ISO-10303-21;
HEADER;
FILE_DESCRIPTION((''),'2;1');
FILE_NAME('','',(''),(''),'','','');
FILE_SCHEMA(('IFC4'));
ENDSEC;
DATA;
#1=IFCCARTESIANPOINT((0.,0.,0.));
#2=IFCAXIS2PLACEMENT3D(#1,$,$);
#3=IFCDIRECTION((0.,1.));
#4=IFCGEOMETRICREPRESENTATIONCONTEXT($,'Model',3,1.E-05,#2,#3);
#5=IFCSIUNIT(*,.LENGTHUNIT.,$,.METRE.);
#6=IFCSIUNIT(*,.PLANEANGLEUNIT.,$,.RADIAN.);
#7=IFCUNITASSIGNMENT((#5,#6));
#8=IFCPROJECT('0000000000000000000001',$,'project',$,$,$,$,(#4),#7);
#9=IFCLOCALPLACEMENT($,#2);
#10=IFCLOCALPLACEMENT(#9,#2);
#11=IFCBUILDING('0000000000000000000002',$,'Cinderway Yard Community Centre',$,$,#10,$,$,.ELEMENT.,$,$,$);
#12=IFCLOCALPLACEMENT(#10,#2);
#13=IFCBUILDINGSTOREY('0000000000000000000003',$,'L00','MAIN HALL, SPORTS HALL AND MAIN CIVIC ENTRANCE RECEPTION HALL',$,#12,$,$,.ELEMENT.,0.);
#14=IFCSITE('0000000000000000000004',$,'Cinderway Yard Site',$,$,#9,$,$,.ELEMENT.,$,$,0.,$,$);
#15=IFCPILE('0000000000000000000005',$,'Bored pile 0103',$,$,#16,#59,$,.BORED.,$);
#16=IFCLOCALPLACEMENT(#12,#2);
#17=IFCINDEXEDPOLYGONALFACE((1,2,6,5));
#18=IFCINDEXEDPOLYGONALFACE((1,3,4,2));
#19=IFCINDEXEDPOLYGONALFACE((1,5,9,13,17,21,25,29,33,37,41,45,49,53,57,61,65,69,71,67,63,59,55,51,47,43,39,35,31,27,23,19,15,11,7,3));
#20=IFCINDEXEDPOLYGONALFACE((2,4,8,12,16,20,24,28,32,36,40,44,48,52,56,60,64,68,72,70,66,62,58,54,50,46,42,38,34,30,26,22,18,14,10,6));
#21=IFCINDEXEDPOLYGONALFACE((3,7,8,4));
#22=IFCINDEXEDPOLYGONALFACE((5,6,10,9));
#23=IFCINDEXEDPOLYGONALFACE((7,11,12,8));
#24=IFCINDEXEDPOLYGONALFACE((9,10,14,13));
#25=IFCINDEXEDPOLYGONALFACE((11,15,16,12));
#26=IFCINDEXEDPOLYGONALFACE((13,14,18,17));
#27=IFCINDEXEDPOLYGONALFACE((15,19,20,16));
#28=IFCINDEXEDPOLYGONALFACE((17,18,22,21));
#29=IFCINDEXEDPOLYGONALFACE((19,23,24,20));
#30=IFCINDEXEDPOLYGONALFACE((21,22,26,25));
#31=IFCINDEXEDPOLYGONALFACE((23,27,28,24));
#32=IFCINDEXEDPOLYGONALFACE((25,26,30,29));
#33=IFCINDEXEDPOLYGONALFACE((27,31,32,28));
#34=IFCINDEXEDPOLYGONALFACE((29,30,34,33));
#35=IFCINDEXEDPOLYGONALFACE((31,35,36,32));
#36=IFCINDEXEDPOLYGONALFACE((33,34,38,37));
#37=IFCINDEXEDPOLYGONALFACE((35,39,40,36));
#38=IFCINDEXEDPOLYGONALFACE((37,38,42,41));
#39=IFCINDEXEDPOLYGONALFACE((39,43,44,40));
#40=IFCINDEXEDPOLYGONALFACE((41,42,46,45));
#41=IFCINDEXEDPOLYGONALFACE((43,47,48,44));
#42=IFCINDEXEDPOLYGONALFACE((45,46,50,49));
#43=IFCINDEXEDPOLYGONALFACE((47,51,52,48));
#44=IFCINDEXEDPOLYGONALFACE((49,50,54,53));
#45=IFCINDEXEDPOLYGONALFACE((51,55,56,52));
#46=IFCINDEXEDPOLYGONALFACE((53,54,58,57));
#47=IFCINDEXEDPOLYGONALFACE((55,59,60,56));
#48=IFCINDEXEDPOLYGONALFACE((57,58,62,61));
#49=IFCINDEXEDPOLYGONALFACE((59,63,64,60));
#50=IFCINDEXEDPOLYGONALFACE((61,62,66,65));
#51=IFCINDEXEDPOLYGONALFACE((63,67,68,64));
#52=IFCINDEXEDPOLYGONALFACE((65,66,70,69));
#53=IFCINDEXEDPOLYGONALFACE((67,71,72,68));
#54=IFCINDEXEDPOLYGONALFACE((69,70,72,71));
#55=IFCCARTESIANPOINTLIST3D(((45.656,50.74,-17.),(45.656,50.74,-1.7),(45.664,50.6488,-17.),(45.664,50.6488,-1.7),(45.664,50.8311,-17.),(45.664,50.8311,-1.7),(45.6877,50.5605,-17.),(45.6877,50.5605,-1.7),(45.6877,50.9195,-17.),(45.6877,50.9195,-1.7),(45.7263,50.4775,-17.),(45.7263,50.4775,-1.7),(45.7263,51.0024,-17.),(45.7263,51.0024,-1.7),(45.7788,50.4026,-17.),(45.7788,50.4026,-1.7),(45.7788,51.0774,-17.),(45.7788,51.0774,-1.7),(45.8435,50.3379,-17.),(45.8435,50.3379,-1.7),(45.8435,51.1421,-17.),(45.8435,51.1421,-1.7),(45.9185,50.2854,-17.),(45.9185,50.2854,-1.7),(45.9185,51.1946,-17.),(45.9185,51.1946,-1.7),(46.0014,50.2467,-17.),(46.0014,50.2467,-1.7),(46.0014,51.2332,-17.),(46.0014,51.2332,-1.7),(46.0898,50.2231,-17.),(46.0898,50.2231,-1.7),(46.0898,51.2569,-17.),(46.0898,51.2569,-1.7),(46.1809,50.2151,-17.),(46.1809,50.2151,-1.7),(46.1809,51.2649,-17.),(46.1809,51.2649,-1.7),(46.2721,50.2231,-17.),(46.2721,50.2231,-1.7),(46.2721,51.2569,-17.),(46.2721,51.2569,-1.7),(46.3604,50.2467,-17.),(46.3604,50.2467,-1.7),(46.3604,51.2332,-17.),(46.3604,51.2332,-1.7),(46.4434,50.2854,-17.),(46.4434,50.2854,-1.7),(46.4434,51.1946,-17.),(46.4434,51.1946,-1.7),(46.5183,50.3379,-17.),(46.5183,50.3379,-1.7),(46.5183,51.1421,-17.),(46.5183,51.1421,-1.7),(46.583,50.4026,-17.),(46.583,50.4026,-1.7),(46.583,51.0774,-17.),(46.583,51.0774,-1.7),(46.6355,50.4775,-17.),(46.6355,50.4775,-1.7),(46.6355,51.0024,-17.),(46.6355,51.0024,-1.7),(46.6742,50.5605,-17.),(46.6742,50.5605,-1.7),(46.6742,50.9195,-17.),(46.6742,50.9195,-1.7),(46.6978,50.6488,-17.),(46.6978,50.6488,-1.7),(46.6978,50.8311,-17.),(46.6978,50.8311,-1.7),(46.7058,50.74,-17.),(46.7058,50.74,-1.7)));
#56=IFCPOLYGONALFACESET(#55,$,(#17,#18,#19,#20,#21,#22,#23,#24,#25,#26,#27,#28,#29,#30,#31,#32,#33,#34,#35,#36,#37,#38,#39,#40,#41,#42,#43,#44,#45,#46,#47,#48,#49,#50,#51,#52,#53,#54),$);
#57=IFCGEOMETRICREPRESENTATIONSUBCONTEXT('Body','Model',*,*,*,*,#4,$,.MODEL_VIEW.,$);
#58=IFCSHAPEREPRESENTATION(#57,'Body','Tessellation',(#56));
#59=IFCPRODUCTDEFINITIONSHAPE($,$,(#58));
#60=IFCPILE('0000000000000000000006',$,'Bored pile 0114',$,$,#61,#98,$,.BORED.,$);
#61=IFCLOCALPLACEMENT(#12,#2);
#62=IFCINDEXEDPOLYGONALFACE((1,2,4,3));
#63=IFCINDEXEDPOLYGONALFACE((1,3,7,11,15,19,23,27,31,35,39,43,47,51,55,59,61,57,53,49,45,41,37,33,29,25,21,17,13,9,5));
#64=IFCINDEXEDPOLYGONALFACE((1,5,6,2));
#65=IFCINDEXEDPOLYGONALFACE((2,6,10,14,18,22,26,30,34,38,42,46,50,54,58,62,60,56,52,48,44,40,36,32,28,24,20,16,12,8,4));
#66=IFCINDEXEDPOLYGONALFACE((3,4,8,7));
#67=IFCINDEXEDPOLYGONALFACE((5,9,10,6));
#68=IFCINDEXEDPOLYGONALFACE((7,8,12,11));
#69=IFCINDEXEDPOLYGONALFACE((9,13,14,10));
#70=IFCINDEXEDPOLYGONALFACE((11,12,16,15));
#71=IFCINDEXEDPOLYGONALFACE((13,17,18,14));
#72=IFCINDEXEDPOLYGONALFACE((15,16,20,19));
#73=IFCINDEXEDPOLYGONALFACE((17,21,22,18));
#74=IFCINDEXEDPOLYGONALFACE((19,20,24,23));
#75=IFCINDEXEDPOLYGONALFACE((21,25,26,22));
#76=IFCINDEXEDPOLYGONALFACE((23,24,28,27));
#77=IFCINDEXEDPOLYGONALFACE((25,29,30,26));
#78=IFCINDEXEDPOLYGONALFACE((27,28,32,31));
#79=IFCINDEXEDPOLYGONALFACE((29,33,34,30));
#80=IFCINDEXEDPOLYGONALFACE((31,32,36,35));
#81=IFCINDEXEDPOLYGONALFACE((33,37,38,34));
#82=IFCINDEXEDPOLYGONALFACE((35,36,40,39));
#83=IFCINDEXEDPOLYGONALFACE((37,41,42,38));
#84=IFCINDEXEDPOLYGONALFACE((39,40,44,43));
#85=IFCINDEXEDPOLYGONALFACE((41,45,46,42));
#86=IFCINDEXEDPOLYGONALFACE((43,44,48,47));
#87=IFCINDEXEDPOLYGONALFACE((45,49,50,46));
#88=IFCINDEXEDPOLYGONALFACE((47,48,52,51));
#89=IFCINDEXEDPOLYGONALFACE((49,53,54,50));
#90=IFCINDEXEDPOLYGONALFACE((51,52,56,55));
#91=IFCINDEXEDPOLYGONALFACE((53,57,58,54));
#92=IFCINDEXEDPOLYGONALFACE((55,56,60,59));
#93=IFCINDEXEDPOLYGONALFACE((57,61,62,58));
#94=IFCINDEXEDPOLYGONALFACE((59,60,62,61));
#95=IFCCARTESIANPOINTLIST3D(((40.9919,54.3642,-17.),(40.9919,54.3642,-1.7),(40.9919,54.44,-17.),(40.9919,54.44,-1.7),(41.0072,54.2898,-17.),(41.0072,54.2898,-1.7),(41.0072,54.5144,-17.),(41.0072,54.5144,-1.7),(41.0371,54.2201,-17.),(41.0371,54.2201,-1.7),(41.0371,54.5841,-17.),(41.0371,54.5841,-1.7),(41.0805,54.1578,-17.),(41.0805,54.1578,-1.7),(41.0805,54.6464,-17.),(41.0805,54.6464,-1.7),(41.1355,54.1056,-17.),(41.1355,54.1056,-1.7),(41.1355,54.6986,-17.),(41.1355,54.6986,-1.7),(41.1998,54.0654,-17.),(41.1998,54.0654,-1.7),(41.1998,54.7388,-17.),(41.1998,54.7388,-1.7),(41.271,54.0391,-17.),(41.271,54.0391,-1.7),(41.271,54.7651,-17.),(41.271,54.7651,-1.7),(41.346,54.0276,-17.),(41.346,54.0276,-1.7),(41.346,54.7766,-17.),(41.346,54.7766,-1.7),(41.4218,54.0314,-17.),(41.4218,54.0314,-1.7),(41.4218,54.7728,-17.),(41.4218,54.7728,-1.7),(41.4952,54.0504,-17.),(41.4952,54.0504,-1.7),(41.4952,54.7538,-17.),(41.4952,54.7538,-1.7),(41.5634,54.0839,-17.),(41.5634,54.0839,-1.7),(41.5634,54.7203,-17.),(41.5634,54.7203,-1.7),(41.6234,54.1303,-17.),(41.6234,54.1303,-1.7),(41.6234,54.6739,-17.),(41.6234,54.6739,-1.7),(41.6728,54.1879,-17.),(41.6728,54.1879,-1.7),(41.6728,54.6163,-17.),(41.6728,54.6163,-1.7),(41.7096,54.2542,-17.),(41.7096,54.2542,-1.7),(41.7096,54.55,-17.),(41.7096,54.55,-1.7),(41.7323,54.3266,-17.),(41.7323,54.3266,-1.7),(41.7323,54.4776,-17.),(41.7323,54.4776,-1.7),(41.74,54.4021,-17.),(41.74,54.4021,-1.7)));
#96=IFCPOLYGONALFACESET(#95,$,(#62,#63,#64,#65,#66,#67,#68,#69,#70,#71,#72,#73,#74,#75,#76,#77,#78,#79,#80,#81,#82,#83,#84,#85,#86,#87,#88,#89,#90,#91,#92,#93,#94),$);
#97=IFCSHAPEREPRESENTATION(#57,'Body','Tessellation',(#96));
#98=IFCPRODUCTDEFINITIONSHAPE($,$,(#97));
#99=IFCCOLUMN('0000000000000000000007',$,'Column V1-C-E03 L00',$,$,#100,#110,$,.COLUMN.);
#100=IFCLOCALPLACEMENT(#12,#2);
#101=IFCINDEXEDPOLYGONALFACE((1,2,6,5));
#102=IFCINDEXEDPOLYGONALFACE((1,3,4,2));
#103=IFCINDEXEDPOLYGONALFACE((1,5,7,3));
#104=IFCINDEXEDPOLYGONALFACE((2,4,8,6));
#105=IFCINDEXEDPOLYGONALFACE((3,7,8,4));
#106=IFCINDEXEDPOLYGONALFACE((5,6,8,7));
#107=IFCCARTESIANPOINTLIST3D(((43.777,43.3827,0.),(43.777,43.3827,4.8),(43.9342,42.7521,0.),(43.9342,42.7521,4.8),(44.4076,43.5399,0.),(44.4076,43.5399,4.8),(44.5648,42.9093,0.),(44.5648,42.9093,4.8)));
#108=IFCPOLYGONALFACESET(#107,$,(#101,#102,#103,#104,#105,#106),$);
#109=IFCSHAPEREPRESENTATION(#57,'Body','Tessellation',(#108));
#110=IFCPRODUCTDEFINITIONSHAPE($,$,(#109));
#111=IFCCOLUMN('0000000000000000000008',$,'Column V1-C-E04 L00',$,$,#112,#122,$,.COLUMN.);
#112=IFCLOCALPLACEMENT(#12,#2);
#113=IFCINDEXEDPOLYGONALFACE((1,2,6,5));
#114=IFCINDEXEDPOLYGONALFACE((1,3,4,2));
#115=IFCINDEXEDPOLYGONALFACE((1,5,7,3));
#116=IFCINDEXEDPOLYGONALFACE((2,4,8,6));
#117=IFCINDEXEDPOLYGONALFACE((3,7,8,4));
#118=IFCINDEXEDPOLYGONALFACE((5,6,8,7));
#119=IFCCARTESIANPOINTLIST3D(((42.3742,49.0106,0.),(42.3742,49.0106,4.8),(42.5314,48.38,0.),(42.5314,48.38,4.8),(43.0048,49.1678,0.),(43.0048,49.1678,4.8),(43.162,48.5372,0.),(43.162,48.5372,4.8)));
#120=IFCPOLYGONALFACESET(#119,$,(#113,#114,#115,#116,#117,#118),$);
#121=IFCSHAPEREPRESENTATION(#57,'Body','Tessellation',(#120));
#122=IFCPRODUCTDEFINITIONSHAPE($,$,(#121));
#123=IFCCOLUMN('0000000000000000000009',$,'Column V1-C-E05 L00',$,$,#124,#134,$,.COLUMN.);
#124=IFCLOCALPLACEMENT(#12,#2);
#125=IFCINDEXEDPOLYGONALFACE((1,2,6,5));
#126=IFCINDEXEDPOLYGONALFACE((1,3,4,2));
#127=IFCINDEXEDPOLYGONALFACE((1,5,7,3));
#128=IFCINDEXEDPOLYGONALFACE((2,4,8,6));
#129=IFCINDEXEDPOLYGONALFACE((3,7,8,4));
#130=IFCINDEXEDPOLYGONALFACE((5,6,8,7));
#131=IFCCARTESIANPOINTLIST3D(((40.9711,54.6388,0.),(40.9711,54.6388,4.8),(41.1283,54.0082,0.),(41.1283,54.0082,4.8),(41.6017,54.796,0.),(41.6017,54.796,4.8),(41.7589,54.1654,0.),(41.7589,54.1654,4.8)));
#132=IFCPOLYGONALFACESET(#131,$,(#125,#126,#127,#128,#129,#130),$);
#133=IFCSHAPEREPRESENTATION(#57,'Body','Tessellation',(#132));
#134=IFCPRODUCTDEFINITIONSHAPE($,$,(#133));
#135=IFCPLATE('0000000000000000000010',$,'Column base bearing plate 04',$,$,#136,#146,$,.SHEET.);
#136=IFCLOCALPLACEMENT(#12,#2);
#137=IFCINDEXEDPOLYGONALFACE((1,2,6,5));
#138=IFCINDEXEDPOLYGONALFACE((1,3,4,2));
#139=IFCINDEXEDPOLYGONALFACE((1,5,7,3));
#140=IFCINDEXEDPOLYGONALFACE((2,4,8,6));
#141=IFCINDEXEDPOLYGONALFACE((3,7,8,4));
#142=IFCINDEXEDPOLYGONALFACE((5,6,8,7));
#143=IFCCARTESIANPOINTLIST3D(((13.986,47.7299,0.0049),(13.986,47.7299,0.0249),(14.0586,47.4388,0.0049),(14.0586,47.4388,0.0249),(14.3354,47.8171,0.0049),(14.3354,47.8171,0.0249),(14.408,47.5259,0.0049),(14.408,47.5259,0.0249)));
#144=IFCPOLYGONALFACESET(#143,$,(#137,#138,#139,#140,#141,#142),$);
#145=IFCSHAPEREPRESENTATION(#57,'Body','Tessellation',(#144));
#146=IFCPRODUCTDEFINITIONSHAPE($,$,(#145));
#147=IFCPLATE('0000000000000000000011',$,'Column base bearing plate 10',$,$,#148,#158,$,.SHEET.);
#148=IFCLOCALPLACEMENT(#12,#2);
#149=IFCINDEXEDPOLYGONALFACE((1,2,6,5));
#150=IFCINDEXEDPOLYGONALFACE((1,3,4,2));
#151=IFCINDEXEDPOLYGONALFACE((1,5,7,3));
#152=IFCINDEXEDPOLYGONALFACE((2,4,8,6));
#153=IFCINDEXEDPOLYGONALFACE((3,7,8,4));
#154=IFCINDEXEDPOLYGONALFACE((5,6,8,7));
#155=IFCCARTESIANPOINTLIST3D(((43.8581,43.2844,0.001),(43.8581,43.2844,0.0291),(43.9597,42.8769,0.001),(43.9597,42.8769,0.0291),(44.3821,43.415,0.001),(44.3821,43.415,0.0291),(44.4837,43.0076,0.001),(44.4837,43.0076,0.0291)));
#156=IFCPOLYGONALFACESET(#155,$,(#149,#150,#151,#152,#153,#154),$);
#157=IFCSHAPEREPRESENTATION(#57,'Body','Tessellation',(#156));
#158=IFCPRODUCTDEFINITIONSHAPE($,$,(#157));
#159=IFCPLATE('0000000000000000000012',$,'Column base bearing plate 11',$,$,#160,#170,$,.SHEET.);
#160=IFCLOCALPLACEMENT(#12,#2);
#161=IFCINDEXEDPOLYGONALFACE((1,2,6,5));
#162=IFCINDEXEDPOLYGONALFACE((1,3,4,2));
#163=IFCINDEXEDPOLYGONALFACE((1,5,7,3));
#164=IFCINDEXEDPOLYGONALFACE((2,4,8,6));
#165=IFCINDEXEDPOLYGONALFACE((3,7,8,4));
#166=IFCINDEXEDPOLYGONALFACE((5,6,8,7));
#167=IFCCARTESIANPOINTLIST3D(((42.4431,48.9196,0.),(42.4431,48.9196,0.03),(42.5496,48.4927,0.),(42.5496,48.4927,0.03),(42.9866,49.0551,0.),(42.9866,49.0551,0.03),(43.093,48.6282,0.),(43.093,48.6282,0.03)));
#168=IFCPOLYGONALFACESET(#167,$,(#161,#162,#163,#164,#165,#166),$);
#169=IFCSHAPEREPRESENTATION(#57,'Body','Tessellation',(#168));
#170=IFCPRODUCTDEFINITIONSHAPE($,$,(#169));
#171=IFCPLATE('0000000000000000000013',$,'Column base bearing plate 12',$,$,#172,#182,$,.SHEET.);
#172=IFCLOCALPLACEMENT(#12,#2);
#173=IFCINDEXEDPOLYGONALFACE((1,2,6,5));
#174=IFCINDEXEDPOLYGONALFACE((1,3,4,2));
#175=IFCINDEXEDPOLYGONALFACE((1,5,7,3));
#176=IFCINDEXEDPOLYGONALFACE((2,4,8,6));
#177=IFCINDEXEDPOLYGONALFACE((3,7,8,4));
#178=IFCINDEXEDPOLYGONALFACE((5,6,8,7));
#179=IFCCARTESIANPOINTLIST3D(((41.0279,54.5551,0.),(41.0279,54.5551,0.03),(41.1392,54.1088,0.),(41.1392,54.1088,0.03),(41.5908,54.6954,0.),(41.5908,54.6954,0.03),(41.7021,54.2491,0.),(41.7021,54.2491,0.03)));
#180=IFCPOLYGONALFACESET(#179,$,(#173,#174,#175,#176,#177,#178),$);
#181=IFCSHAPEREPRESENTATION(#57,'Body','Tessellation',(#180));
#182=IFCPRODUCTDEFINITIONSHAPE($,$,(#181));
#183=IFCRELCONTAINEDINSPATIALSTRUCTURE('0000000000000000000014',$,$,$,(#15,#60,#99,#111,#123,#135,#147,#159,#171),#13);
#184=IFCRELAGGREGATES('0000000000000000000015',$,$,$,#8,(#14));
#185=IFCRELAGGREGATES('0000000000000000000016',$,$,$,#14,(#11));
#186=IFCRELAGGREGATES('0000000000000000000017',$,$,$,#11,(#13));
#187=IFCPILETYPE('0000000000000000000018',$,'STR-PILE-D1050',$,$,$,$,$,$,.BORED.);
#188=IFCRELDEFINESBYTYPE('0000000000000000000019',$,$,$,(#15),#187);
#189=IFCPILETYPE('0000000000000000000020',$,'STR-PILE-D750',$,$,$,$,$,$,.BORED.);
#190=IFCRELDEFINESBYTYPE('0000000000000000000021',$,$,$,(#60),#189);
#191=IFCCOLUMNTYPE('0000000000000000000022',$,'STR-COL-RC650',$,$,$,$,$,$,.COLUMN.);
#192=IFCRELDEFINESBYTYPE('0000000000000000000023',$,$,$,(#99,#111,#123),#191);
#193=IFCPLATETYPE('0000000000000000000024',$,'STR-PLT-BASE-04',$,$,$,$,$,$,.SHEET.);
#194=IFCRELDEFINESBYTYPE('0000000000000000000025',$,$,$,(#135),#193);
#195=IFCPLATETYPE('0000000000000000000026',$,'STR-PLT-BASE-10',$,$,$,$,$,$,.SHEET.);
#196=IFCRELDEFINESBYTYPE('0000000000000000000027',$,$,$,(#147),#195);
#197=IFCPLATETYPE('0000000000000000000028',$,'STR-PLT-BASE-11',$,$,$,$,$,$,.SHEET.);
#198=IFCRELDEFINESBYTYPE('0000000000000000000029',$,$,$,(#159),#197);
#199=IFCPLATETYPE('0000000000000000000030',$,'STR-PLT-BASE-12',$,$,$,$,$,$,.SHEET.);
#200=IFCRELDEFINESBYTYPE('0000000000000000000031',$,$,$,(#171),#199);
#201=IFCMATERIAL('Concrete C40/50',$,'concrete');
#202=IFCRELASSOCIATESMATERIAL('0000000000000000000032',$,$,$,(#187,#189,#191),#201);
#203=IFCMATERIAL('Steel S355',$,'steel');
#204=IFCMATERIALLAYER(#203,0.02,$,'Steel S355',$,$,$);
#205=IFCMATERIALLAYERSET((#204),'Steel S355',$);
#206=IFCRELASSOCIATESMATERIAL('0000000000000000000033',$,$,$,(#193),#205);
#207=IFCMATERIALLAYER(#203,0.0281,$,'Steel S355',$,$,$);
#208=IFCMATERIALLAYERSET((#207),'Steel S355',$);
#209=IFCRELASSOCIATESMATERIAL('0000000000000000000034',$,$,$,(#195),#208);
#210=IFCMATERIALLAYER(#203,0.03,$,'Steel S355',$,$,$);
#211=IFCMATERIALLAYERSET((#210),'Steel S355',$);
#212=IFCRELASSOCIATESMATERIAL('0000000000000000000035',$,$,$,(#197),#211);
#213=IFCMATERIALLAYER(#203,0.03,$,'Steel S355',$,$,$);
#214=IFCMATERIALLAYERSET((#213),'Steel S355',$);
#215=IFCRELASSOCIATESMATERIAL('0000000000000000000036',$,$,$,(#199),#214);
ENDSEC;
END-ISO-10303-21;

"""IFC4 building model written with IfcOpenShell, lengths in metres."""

from ifc_helpers import new_model, si_unit, direction, frame, origin, origin_2d, place, context, subcontext, project, spatial, rectangle, circle, extrude, material, layer, layer_set, material_profile, profile_set, type_object, element, save


model = new_model("IFC4")

# Units and contexts
model_context = context("Model", 3, precision=1e-05, world=origin(), true_north=direction((0.0, 1.0)))
body_context = subcontext(model_context, "Body", "Model", "MODEL_VIEW")
ifc_project = project(units=[si_unit("LENGTHUNIT", "METRE"), si_unit("PLANEANGLEUNIT", "RADIAN")], contexts=[model_context])

# Site, building, storey
site_placement = place(None, origin())
site = spatial("IfcSite", under=ifc_project, at=site_placement, Name="Cinderway Yard Site", CompositionType="ELEMENT", RefElevation=0.0)
building_placement = place(site_placement, origin())
building = spatial("IfcBuilding", under=site, at=building_placement, Name="Cinderway Yard Community Centre", CompositionType="ELEMENT")
storey_placement = place(building_placement, origin())
storey = spatial("IfcBuildingStorey", under=building, at=storey_placement, Name="L00", Description="MAIN HALL, SPORTS HALL AND MAIN CIVIC ENTRANCE RECEPTION HALL", CompositionType="ELEMENT", Elevation=0.0)

# Shared definitions
ifc_material_1 = material(Name="Concrete C40/50", Category="concrete")

# Piles
ifc_material_profile_1 = material_profile(ifc_material_1, circle(Radius=0.5249, at=origin_2d()), Name="Concrete C40/50")
ifc_profile_set_1 = profile_set([ifc_material_profile_1], Name="Concrete C40/50")
pile_type_1 = type_object("IfcPileType", Name="STR-PILE-D1050", PredefinedType="BORED", material=ifc_profile_set_1)
for number, where, z_axis, x_axis, name in (
    (1, (46.1809, 50.74, -1.7), (0.0, 0.0, -1.0), (1.0, 0.0, 0.0), "Bored pile 0103"),
):
    element("IfcPile", number, at=place(storey_placement, frame(where, z_axis=z_axis, x_axis=x_axis)), inside=storey, type_object=pile_type_1, Name=name, PredefinedType="BORED", context=body_context, shape_type="SweptSolid", body=[
        extrude(circle(Radius=0.5249, at=origin_2d()), origin(), (0.0, 0.0, 1.0), 15.3),
    ])
ifc_material_profile_2 = material_profile(ifc_material_1, circle(Radius=0.375, at=origin_2d()), Name="Concrete C40/50")
ifc_profile_set_2 = profile_set([ifc_material_profile_2], Name="Concrete C40/50")
pile_type_2 = type_object("IfcPileType", Name="STR-PILE-D750", PredefinedType="BORED", material=ifc_profile_set_2)
pile_placement = place(storey_placement, frame((41.365, 54.4021, -1.7), z_axis=(0.0, 0.0, -1.0), x_axis=(1.0, 0.0, 0.0)))
element("IfcPile", 2, at=pile_placement, inside=storey, type_object=pile_type_2, Name="Bored pile 0114", PredefinedType="BORED", context=body_context, shape_type="SweptSolid", body=[
    extrude(circle(Radius=0.375, at=origin_2d()), origin(), (0.0, 0.0, 1.0), 15.3),
])

# Columns
ifc_material_profile_3 = material_profile(ifc_material_1, rectangle(XDim=0.6499, YDim=0.6499, at=origin_2d()), Name="Concrete C40/50")
ifc_profile_set_3 = profile_set([ifc_material_profile_3], Name="Concrete C40/50")
column_type = type_object("IfcColumnType", Name="STR-COL-RC650", PredefinedType="COLUMN", material=ifc_profile_set_3)
for number, where, z_axis, x_axis, name in (
    (3, (44.1709, 43.146, 0.0), (0.0, 0.0, 1.0), (0.970296, 0.241922, 0.0), "Column V1-C-E03 L00"),
    (4, (42.7681, 48.7739, 0.0), (0.0, 0.0, 1.0), (0.970296, 0.241922, 0.0), "Column V1-C-E04 L00"),
    (5, (41.365, 54.4021, 0.0), (0.0, 0.0, 1.0), (0.970296, 0.241922, 0.0), "Column V1-C-E05 L00"),
):
    element("IfcColumn", number, at=place(storey_placement, frame(where, z_axis=z_axis, x_axis=x_axis)), inside=storey, type_object=column_type, Name=name, PredefinedType="COLUMN", context=body_context, shape_type="SweptSolid", body=[
        extrude(rectangle(XDim=0.6499, YDim=0.6499, at=origin_2d()), origin(), (0.0, 0.0, 1.0), 4.8),
    ])

# Plates
ifc_material_2 = material(Name="Steel S355", Category="steel")
ifc_layer_1 = layer(ifc_material_2, 0.02, Name="Steel S355")
ifc_layer_set_1 = layer_set([ifc_layer_1], Name="Steel S355")
plate_type_1 = type_object("IfcPlateType", Name="STR-PLT-BASE-04", PredefinedType="SHEET", material=ifc_layer_set_1)
plate_1_placement = place(storey_placement, frame((14.197, 47.6279, 0.0049), z_axis=(0.0, 0.0, 1.0), x_axis=(0.970296, 0.241922, 0.0)))
element("IfcPlate", 6, at=plate_1_placement, inside=storey, type_object=plate_type_1, Name="Column base bearing plate 04", PredefinedType="SHEET", context=body_context, shape_type="SweptSolid", body=[
    extrude(rectangle(XDim=0.3601, YDim=0.3, at=origin_2d()), origin(), (0.0, 0.0, 1.0), 0.02),
])
ifc_layer_2 = layer(ifc_material_2, 0.0281, Name="Steel S355")
ifc_layer_set_2 = layer_set([ifc_layer_2], Name="Steel S355")
plate_type_2 = type_object("IfcPlateType", Name="STR-PLT-BASE-10", PredefinedType="SHEET", material=ifc_layer_set_2)
plate_2_placement = place(storey_placement, frame((44.1709, 43.146, 0.001), z_axis=(0.0, 0.0, 1.0), x_axis=(0.970296, 0.241922, 0.0)))
element("IfcPlate", 7, at=plate_2_placement, inside=storey, type_object=plate_type_2, Name="Column base bearing plate 10", PredefinedType="SHEET", context=body_context, shape_type="SweptSolid", body=[
    extrude(rectangle(XDim=0.54, YDim=0.4199, at=origin_2d()), origin(), (0.0, 0.0, 1.0), 0.0281),
])
ifc_layer_3 = layer(ifc_material_2, 0.03, Name="Steel S355")
ifc_layer_set_3 = layer_set([ifc_layer_3], Name="Steel S355")
plate_type_3 = type_object("IfcPlateType", Name="STR-PLT-BASE-11", PredefinedType="SHEET", material=ifc_layer_set_3)
plate_3_placement = place(storey_placement, frame((42.7681, 48.7739, 0.0), z_axis=(0.0, 0.0, 1.0), x_axis=(0.970296, 0.241922, 0.0)))
element("IfcPlate", 8, at=plate_3_placement, inside=storey, type_object=plate_type_3, Name="Column base bearing plate 11", PredefinedType="SHEET", context=body_context, shape_type="SweptSolid", body=[
    extrude(rectangle(XDim=0.5601, YDim=0.4399, at=origin_2d()), origin(), (0.0, 0.0, 1.0), 0.03),
])
ifc_layer_4 = layer(ifc_material_2, 0.03, Name="Steel S355")
ifc_layer_set_4 = layer_set([ifc_layer_4], Name="Steel S355")
plate_type_4 = type_object("IfcPlateType", Name="STR-PLT-BASE-12", PredefinedType="SHEET", material=ifc_layer_set_4)
plate_4_placement = place(storey_placement, frame((41.365, 54.4021, 0.0), z_axis=(0.0, 0.0, 1.0), x_axis=(0.970296, 0.241922, 0.0)))
element("IfcPlate", 9, at=plate_4_placement, inside=storey, type_object=plate_type_4, Name="Column base bearing plate 12", PredefinedType="SHEET", context=body_context, shape_type="SweptSolid", body=[
    extrude(rectangle(XDim=0.5801, YDim=0.46, at=origin_2d()), origin(), (0.0, 0.0, 1.0), 0.03),
])

save(model, "model.ifc")
